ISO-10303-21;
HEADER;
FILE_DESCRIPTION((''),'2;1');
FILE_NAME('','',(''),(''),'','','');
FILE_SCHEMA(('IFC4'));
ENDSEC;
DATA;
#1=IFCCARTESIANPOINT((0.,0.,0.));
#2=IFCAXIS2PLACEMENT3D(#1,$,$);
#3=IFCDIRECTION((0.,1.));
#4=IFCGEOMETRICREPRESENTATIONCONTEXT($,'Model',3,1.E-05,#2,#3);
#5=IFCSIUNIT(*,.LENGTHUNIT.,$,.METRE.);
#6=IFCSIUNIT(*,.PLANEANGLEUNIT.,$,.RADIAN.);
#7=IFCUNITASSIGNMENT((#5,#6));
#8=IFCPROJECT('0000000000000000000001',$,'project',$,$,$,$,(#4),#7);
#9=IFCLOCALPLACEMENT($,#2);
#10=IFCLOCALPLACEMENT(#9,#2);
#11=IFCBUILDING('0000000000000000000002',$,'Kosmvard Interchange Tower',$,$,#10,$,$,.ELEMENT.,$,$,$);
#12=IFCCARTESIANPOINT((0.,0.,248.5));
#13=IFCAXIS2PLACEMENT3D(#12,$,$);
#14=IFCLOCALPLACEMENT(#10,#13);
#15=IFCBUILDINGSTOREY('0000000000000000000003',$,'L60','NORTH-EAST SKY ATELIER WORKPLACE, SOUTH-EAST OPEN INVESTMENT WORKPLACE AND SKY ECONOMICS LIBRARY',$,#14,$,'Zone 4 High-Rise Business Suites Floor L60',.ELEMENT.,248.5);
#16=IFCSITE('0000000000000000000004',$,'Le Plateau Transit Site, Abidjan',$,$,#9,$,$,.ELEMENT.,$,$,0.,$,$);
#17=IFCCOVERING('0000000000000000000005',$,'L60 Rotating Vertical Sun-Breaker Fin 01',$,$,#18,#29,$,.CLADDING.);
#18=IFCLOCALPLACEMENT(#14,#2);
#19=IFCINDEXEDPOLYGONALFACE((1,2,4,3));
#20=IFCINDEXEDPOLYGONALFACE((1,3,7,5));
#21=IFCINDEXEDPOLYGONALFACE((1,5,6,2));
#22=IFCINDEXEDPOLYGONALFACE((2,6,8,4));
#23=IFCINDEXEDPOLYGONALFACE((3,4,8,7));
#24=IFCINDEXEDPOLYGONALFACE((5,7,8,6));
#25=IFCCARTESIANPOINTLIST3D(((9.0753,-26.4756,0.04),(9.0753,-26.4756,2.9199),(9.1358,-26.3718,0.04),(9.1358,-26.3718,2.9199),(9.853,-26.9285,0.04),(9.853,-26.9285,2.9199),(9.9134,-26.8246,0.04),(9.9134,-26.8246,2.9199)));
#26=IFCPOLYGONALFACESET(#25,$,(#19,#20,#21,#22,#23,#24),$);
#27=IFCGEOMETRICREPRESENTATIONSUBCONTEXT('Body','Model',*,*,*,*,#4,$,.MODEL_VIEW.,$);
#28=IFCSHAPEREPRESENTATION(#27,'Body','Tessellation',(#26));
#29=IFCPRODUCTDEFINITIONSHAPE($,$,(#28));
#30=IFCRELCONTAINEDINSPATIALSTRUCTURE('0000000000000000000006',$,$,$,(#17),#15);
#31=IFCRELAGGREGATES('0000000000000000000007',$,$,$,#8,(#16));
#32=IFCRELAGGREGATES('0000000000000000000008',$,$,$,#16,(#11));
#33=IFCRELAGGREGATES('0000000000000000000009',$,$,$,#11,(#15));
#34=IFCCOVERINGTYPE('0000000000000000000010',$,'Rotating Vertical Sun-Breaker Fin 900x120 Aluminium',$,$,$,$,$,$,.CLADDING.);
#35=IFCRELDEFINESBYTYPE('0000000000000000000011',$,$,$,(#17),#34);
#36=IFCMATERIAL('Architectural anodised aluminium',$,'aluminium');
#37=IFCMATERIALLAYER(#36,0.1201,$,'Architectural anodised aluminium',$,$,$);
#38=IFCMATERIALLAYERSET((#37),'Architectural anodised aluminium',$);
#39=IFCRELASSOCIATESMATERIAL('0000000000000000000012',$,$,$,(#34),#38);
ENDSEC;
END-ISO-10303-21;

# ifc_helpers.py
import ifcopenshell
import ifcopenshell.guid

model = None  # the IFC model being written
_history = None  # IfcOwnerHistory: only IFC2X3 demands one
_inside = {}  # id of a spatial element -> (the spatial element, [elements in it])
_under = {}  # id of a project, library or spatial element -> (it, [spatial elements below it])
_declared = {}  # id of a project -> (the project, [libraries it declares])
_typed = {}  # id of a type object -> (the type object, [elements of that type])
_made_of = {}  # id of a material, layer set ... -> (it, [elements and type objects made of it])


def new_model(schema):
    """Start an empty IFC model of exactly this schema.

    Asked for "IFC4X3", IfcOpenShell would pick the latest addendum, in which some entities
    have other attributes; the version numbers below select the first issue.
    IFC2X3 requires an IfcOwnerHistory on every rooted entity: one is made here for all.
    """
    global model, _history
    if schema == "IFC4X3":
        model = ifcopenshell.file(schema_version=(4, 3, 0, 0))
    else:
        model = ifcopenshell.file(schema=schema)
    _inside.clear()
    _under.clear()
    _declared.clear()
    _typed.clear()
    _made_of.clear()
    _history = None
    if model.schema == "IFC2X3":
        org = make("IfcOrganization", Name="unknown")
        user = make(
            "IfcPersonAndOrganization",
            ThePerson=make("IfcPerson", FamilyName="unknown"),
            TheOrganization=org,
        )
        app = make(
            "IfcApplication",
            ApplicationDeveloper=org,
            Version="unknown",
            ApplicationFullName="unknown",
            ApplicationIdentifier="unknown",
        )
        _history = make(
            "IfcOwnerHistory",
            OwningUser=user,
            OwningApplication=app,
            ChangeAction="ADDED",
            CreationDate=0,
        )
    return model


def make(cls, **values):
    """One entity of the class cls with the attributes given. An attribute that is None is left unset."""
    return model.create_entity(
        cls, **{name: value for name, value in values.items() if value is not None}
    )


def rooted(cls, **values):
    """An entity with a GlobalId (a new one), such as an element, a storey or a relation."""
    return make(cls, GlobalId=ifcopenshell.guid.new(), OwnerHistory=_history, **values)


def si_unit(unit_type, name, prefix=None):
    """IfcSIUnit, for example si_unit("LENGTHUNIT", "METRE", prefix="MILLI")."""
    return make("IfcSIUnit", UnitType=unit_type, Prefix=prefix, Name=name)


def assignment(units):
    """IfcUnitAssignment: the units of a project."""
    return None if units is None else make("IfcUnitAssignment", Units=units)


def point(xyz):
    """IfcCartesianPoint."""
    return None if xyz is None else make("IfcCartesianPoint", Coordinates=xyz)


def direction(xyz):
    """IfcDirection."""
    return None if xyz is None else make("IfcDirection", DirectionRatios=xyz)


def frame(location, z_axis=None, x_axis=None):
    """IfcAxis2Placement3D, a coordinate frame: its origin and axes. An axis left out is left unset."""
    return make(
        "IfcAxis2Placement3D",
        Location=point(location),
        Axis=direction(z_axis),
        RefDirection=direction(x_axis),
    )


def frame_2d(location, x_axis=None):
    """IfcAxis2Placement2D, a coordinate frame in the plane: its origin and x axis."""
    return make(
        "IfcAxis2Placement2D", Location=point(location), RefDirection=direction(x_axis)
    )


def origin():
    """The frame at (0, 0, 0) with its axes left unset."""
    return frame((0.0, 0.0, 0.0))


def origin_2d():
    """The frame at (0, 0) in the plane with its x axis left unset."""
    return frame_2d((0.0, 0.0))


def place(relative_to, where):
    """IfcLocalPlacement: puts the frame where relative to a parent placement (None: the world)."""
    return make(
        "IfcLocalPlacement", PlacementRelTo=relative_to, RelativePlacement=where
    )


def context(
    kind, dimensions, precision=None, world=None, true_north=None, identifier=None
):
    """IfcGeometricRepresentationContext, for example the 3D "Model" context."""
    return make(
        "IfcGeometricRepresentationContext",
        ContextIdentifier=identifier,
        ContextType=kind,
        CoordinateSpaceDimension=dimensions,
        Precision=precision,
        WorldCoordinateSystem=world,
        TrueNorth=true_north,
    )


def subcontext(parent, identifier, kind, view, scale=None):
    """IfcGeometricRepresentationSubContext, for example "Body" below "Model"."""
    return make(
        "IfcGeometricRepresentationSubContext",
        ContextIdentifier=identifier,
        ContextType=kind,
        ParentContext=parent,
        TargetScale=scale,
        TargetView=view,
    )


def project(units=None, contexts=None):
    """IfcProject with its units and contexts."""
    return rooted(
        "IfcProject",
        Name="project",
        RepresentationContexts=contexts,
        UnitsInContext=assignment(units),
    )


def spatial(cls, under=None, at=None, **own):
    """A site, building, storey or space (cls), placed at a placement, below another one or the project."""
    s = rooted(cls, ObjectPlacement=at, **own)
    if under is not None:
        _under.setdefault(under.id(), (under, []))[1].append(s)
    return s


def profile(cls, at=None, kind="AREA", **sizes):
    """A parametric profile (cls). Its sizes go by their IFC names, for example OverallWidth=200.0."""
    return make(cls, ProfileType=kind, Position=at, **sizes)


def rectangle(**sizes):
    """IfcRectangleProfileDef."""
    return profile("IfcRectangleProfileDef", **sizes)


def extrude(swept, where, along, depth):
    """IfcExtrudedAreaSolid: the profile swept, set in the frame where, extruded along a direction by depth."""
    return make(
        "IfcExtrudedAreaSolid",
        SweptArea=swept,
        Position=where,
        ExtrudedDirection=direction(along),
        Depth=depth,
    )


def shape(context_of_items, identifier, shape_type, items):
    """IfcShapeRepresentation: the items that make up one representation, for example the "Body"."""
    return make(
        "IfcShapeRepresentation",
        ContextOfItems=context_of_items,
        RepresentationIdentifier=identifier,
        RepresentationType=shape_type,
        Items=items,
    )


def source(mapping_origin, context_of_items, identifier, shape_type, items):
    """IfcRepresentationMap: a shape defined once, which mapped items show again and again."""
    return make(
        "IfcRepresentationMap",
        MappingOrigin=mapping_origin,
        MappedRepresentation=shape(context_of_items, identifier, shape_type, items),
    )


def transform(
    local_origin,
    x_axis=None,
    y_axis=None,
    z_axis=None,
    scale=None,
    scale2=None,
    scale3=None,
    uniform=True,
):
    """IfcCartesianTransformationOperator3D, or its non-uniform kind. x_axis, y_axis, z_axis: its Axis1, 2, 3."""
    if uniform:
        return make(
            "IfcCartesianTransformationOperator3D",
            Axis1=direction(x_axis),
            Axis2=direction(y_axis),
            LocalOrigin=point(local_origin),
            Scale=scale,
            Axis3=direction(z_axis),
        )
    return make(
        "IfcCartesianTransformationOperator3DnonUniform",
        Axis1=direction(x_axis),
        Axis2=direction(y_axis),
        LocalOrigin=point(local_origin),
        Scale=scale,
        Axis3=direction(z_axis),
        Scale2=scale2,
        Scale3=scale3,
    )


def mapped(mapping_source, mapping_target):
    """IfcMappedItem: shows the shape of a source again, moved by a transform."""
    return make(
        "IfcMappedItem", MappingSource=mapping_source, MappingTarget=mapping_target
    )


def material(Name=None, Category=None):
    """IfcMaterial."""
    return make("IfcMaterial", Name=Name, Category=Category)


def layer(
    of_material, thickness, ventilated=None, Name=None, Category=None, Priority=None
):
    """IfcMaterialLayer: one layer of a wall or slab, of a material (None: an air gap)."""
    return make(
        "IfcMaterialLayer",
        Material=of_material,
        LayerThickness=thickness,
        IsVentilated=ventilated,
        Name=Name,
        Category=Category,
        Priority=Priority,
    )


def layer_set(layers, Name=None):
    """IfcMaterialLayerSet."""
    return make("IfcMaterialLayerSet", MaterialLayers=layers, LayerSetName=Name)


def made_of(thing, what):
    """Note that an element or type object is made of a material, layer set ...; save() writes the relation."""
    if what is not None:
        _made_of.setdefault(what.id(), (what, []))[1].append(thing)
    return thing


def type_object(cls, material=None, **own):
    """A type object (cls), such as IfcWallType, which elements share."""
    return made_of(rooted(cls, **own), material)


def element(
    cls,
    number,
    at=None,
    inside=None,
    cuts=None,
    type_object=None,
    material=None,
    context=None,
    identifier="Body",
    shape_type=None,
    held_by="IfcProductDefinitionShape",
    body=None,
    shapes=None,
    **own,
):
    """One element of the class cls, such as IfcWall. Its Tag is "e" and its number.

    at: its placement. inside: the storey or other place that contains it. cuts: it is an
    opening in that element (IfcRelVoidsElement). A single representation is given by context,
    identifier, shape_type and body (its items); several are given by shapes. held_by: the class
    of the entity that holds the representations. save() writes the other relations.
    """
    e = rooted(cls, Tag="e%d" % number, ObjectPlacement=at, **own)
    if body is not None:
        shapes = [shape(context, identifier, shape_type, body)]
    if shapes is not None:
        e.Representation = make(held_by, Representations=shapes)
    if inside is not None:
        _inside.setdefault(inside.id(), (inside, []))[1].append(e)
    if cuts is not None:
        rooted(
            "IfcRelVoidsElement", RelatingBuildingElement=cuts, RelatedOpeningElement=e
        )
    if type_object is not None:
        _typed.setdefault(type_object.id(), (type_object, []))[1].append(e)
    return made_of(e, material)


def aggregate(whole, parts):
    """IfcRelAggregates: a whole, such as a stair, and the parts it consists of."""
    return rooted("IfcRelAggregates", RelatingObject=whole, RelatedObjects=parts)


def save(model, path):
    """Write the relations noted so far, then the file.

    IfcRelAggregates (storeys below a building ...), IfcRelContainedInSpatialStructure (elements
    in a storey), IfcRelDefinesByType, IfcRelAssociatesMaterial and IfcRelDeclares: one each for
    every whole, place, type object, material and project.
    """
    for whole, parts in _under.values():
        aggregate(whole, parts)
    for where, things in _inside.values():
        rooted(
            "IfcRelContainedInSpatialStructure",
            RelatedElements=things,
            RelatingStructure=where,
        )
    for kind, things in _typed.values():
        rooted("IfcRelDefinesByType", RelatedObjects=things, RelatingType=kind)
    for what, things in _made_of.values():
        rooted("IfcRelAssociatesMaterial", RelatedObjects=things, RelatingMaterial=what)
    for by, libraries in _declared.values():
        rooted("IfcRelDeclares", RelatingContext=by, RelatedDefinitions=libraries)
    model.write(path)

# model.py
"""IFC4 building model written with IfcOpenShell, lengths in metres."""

from ifc_helpers import new_model, si_unit, direction, frame, origin, origin_2d, place, context, subcontext, project, spatial, rectangle, extrude, source, transform, mapped, material, layer, layer_set, type_object, element, save


model = new_model("IFC4")

# Units and contexts
model_context = context("Model", 3, precision=1e-05, world=origin(), true_north=direction((0.0, 1.0)))
body_context = subcontext(model_context, "Body", "Model", "MODEL_VIEW")
ifc_project = project(units=[si_unit("LENGTHUNIT", "METRE"), si_unit("PLANEANGLEUNIT", "RADIAN")], contexts=[model_context])

# Site, building, storey
site_placement = place(None, origin())
site = spatial("IfcSite", under=ifc_project, at=site_placement, Name="Le Plateau Transit Site, Abidjan", CompositionType="ELEMENT", RefElevation=0.0)
building_placement = place(site_placement, origin())
building = spatial("IfcBuilding", under=site, at=building_placement, Name="Kosmvard Interchange Tower", CompositionType="ELEMENT")
storey_placement = place(building_placement, frame((0.0, 0.0, 248.5)))
storey = spatial("IfcBuildingStorey", under=building, at=storey_placement, Name="L60", Description="NORTH-EAST SKY ATELIER WORKPLACE, SOUTH-EAST OPEN INVESTMENT WORKPLACE AND SKY ECONOMICS LIBRARY", LongName="Zone 4 High-Rise Business Suites Floor L60", CompositionType="ELEMENT", Elevation=248.5)

# Covering
ifc_material_1 = material(Name="Architectural anodised aluminium", Category="aluminium")
ifc_layer_1 = layer(ifc_material_1, 0.1201, Name="Architectural anodised aluminium")
ifc_layer_set_1 = layer_set([ifc_layer_1], Name="Architectural anodised aluminium")
covering_type = type_object("IfcCoveringType", Name="Rotating Vertical Sun-Breaker Fin 900x120 Aluminium", PredefinedType="CLADDING", material=ifc_layer_set_1)
shared_shape_1 = source(origin(), body_context, "Body", "SweptSolid", [
    extrude(rectangle(XDim=0.8999, YDim=0.1201, at=origin_2d()), origin(), (0.0, 0.0, 1.0), 2.8799),
])
covering_placement = place(storey_placement, frame((9.4944, -26.6501, 0.04), z_axis=(0.0, 0.0, 1.0), x_axis=(0.864187, -0.503171, 0.0)))
element("IfcCovering", 1, at=covering_placement, inside=storey, type_object=covering_type, Name="L60 Rotating Vertical Sun-Breaker Fin 01", PredefinedType="CLADDING", context=body_context, shape_type="MappedRepresentation", body=[
    mapped(shared_shape_1, transform((0.0, 0.0, 0.0), scale=1.0)),
])

save(model, "model.ifc")
